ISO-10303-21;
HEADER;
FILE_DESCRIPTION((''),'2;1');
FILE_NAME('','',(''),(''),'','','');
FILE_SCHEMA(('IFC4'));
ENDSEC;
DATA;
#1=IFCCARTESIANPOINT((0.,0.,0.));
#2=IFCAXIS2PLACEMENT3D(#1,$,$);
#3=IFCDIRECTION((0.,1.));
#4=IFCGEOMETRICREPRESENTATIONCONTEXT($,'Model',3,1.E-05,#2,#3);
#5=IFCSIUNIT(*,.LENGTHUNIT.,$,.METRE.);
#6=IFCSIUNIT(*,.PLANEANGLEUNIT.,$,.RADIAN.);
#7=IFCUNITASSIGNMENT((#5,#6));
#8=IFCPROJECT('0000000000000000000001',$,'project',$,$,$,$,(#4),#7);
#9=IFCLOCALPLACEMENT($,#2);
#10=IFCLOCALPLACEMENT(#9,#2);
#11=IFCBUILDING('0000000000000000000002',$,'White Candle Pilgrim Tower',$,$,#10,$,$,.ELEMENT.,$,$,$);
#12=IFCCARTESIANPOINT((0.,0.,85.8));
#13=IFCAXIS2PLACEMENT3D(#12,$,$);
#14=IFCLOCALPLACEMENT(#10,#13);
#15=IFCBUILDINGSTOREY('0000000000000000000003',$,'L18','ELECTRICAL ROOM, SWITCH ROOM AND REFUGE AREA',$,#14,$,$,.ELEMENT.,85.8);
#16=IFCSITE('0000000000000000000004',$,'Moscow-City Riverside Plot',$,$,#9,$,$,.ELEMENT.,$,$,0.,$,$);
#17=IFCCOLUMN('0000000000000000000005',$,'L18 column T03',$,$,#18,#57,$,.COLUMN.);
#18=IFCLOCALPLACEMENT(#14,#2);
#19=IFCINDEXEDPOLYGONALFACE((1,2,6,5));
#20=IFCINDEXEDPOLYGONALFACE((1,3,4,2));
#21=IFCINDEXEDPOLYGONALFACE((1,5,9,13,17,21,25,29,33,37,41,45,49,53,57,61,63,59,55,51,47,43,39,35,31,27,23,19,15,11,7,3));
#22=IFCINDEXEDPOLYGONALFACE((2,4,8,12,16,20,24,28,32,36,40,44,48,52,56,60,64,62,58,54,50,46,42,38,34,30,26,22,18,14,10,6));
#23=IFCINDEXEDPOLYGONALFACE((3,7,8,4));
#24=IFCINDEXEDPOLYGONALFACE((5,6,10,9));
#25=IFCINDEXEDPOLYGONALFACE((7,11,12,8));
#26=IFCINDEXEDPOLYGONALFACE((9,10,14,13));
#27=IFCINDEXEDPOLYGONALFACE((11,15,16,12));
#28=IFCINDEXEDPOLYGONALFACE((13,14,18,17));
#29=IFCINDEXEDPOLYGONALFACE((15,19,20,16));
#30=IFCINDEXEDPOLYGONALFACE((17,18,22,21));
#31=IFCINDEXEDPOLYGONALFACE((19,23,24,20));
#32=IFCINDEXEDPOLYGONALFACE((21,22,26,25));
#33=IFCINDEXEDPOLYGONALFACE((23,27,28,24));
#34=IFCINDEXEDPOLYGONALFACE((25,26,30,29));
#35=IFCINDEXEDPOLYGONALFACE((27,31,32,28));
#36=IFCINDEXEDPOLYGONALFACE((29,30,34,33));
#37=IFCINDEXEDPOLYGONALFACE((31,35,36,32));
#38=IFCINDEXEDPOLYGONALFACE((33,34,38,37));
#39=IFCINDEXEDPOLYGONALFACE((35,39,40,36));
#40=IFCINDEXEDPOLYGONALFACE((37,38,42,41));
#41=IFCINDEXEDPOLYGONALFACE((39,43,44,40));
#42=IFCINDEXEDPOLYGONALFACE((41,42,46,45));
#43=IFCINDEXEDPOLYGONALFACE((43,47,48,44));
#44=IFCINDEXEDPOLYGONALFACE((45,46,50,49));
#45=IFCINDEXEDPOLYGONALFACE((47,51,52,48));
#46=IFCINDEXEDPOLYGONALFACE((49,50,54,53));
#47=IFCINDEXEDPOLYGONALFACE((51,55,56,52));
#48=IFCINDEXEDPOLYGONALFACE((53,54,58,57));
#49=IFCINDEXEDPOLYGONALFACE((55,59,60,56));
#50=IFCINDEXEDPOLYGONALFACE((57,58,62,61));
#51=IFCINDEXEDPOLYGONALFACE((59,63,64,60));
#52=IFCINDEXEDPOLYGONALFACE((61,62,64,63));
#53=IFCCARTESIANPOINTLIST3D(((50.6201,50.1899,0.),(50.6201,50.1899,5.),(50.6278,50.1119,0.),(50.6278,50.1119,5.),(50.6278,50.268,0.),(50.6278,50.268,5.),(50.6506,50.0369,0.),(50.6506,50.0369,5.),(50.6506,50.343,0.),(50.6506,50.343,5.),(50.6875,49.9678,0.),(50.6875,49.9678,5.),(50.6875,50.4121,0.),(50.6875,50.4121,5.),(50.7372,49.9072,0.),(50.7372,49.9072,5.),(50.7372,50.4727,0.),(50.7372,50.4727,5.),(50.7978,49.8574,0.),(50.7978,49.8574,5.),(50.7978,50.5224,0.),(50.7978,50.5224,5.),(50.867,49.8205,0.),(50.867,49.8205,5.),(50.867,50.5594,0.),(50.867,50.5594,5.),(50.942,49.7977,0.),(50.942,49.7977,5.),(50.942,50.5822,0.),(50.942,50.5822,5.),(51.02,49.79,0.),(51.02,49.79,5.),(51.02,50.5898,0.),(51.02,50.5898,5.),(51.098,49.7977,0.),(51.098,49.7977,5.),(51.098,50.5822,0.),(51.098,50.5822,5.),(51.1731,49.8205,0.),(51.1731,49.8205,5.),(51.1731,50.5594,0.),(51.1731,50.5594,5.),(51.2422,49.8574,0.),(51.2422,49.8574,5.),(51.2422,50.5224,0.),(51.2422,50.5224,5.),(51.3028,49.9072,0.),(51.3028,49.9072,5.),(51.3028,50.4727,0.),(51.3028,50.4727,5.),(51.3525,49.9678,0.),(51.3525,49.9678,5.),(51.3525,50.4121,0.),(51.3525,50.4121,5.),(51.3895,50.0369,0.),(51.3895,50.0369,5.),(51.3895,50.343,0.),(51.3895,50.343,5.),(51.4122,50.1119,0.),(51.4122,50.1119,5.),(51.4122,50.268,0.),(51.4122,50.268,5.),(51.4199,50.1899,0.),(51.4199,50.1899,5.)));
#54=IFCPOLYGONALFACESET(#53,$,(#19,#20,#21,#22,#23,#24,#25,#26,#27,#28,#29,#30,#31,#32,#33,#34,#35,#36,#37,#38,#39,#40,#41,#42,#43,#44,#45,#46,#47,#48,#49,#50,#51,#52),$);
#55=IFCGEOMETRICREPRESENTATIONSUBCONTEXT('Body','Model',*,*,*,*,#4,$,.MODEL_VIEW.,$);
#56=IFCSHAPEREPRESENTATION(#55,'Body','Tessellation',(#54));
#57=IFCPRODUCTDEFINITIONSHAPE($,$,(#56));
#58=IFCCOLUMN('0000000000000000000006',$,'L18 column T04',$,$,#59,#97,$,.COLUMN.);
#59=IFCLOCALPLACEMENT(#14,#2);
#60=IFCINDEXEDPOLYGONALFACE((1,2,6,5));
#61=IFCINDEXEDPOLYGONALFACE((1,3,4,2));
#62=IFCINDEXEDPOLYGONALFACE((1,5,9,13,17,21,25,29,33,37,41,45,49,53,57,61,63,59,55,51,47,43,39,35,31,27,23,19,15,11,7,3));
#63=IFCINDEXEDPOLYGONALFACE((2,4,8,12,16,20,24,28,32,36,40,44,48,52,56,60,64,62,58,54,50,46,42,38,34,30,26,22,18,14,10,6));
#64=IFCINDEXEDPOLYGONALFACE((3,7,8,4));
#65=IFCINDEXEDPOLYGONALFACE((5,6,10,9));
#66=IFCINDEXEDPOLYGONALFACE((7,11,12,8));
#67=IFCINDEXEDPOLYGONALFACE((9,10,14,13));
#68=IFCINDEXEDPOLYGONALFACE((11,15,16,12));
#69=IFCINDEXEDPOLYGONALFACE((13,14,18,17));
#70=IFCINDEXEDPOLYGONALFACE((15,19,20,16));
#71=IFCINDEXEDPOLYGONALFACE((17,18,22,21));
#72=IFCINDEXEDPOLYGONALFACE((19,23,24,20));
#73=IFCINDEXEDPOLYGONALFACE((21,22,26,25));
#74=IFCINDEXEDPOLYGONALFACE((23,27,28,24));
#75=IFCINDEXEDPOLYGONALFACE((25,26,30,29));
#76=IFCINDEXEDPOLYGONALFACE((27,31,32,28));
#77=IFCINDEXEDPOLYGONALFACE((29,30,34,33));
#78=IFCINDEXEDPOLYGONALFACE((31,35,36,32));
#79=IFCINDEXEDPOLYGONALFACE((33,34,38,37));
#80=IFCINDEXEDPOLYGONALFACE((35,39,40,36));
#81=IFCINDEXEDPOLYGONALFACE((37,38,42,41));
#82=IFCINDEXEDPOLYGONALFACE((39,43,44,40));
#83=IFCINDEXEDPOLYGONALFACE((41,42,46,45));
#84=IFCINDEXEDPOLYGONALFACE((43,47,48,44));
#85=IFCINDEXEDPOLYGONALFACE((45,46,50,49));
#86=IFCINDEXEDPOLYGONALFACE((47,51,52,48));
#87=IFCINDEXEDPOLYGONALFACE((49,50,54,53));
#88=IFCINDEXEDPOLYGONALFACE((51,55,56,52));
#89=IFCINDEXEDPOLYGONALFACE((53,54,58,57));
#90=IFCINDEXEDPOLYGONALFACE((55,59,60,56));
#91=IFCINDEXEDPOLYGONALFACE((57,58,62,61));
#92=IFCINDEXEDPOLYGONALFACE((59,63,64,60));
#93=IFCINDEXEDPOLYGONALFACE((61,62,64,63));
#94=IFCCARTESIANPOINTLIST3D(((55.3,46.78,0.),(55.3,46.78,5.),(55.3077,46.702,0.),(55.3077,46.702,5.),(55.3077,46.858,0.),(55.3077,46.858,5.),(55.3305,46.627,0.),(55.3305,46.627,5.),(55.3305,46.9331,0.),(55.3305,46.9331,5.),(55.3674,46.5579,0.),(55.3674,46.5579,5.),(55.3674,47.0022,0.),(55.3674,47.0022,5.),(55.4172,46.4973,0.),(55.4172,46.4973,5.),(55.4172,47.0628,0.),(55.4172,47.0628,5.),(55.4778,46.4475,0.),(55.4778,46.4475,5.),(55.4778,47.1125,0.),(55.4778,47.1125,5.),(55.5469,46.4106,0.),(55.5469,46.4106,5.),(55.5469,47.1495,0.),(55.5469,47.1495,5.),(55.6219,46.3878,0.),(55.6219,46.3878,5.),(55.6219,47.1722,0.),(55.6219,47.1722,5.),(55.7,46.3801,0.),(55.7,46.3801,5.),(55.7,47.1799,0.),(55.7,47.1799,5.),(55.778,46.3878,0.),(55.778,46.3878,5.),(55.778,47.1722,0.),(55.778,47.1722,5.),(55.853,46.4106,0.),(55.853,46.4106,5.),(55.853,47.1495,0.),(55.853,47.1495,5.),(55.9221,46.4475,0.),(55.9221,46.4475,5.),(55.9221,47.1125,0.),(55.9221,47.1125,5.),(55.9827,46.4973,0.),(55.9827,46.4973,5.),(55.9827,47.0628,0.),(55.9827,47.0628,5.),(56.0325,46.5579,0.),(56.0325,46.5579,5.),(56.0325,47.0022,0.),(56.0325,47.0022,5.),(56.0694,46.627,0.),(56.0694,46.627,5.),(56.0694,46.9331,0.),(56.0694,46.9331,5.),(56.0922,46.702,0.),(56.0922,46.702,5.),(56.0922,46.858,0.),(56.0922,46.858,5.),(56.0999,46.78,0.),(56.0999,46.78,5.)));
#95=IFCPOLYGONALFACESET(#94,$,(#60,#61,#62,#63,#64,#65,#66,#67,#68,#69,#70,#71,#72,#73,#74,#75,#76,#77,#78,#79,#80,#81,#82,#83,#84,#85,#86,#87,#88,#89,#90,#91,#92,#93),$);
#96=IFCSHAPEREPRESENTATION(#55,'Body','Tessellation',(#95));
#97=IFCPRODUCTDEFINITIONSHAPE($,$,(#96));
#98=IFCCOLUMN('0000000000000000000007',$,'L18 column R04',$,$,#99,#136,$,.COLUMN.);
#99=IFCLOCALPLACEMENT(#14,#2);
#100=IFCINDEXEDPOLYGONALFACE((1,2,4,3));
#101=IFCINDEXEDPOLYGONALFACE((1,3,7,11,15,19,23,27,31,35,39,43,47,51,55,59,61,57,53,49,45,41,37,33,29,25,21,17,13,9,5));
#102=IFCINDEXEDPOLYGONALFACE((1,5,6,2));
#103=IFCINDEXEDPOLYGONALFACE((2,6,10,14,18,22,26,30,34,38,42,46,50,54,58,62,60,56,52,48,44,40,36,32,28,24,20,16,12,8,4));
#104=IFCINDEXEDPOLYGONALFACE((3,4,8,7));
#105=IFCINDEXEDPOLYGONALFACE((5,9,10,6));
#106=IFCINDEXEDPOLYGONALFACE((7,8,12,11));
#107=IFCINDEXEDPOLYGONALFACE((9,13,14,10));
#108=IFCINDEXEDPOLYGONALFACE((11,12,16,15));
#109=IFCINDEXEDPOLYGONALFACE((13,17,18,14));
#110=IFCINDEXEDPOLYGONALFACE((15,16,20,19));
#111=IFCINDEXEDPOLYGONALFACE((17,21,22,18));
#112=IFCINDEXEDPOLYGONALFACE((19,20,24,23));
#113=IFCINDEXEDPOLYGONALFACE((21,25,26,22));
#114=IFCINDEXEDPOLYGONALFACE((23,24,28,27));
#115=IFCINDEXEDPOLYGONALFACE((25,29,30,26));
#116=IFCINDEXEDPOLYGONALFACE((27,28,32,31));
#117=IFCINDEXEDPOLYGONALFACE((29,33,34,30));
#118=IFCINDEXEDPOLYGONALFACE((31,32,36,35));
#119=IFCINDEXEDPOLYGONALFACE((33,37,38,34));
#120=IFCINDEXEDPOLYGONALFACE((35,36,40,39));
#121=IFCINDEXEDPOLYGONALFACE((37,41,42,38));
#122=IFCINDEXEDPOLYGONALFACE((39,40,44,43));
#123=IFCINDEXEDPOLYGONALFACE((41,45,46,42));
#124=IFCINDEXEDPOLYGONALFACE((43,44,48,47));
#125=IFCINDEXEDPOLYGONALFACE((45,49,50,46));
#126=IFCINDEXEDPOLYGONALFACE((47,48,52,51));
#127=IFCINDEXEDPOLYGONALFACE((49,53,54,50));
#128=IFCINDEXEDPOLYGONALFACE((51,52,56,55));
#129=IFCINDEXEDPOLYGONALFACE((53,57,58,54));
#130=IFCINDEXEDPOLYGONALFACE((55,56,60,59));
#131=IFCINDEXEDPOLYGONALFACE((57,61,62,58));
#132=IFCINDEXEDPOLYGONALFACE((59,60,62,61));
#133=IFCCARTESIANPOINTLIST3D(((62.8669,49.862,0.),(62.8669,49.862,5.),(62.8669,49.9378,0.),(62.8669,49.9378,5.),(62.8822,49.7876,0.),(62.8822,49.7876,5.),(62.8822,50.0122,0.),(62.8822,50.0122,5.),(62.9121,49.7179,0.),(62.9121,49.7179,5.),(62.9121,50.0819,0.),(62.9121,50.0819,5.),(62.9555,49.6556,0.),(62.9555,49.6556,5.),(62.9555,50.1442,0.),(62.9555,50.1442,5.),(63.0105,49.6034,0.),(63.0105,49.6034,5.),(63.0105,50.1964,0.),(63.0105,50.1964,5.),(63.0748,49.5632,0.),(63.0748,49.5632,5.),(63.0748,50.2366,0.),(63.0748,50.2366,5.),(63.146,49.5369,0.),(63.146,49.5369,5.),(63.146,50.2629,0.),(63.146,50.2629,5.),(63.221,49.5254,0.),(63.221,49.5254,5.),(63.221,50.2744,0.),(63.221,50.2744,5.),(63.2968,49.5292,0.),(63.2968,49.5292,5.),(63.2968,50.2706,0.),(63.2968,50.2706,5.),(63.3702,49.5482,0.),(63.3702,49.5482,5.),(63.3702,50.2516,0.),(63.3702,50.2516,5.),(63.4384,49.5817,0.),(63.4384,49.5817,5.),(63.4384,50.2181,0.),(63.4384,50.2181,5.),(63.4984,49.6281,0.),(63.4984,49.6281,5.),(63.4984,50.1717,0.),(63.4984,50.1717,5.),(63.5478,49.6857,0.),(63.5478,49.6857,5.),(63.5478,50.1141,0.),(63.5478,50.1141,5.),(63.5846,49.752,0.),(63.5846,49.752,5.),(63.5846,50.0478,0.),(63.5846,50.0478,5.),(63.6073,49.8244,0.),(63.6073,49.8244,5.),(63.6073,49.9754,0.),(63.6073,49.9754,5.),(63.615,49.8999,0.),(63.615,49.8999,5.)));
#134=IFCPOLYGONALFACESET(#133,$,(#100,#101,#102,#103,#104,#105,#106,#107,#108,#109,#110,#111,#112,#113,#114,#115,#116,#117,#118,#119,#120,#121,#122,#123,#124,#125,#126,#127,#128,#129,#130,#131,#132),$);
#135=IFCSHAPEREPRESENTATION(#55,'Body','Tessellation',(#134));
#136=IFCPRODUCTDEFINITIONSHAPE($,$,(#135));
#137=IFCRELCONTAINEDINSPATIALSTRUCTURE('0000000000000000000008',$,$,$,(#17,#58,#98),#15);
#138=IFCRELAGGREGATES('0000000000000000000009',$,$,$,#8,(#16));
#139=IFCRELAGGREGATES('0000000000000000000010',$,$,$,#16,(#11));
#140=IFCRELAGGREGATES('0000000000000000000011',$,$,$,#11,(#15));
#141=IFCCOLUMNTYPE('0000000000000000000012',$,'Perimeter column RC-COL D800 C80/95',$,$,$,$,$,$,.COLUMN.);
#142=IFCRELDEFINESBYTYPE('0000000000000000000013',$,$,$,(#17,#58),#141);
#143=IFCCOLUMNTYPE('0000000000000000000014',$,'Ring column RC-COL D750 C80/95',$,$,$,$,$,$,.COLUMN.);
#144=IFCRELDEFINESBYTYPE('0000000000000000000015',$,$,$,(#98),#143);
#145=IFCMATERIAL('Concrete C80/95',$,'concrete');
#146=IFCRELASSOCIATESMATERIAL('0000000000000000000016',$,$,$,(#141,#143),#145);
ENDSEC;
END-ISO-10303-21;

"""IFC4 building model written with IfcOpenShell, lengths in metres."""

from ifc_helpers import new_model, si_unit, direction, frame, origin, origin_2d, place, context, subcontext, project, spatial, circle, extrude, material, material_profile, profile_set, type_object, element, save


model = new_model("IFC4")

# Units and contexts
model_context = context("Model", 3, precision=1e-05, world=origin(), true_north=direction((0.0, 1.0)))
body_context = subcontext(model_context, "Body", "Model", "MODEL_VIEW")
ifc_project = project(units=[si_unit("LENGTHUNIT", "METRE"), si_unit("PLANEANGLEUNIT", "RADIAN")], contexts=[model_context])

# Site, building, storey
site_placement = place(None, origin())
site = spatial("IfcSite", under=ifc_project, at=site_placement, Name="Moscow-City Riverside Plot", CompositionType="ELEMENT", RefElevation=0.0)
building_placement = place(site_placement, origin())
building = spatial("IfcBuilding", under=site, at=building_placement, Name="White Candle Pilgrim Tower", CompositionType="ELEMENT")
storey_placement = place(building_placement, frame((0.0, 0.0, 85.8)))
storey = spatial("IfcBuildingStorey", under=building, at=storey_placement, Name="L18", Description="ELECTRICAL ROOM, SWITCH ROOM AND REFUGE AREA", CompositionType="ELEMENT", Elevation=85.8)

# Columns
ifc_material_1 = material(Name="Concrete C80/95", Category="concrete")
ifc_material_profile_1 = material_profile(ifc_material_1, circle(Radius=0.3999, at=origin_2d()), Name="RC-COL D800")
ifc_profile_set_1 = profile_set([ifc_material_profile_1], Name="Concrete C80/95")
column_type_1 = type_object("IfcColumnType", Name="Perimeter column RC-COL D800 C80/95", PredefinedType="COLUMN", material=ifc_profile_set_1)
for number, where, z_axis, x_axis, name in (
    (1, (51.02, 50.1899, 0.0), (0.0, 0.0, 1.0), (1.0, 0.0, 0.0), "L18 column T03"),
    (2, (55.7, 46.78, 0.0), (0.0, 0.0, 1.0), (1.0, 0.0, 0.0), "L18 column T04"),
):
    element("IfcColumn", number, at=place(storey_placement, frame(where, z_axis=z_axis, x_axis=x_axis)), inside=storey, type_object=column_type_1, Name=name, PredefinedType="COLUMN", context=body_context, shape_type="SweptSolid", body=[
        extrude(circle(Radius=0.3999, at=origin_2d()), origin(), (0.0, 0.0, 1.0), 5.0),
    ])
ifc_material_profile_2 = material_profile(ifc_material_1, circle(Radius=0.375, at=origin_2d()), Name="RC-COL D750")
ifc_profile_set_2 = profile_set([ifc_material_profile_2], Name="Concrete C80/95")
column_type_2 = type_object("IfcColumnType", Name="Ring column RC-COL D750 C80/95", PredefinedType="COLUMN", material=ifc_profile_set_2)
column_placement = place(storey_placement, frame((63.24, 49.8999, 0.0), z_axis=(0.0, 0.0, 1.0), x_axis=(1.0, 0.0, 0.0)))
element("IfcColumn", 3, at=column_placement, inside=storey, type_object=column_type_2, Name="L18 column R04", PredefinedType="COLUMN", context=body_context, shape_type="SweptSolid", body=[
    extrude(circle(Radius=0.375, at=origin_2d()), origin(), (0.0, 0.0, 1.0), 5.0),
])

save(model, "model.ifc")
